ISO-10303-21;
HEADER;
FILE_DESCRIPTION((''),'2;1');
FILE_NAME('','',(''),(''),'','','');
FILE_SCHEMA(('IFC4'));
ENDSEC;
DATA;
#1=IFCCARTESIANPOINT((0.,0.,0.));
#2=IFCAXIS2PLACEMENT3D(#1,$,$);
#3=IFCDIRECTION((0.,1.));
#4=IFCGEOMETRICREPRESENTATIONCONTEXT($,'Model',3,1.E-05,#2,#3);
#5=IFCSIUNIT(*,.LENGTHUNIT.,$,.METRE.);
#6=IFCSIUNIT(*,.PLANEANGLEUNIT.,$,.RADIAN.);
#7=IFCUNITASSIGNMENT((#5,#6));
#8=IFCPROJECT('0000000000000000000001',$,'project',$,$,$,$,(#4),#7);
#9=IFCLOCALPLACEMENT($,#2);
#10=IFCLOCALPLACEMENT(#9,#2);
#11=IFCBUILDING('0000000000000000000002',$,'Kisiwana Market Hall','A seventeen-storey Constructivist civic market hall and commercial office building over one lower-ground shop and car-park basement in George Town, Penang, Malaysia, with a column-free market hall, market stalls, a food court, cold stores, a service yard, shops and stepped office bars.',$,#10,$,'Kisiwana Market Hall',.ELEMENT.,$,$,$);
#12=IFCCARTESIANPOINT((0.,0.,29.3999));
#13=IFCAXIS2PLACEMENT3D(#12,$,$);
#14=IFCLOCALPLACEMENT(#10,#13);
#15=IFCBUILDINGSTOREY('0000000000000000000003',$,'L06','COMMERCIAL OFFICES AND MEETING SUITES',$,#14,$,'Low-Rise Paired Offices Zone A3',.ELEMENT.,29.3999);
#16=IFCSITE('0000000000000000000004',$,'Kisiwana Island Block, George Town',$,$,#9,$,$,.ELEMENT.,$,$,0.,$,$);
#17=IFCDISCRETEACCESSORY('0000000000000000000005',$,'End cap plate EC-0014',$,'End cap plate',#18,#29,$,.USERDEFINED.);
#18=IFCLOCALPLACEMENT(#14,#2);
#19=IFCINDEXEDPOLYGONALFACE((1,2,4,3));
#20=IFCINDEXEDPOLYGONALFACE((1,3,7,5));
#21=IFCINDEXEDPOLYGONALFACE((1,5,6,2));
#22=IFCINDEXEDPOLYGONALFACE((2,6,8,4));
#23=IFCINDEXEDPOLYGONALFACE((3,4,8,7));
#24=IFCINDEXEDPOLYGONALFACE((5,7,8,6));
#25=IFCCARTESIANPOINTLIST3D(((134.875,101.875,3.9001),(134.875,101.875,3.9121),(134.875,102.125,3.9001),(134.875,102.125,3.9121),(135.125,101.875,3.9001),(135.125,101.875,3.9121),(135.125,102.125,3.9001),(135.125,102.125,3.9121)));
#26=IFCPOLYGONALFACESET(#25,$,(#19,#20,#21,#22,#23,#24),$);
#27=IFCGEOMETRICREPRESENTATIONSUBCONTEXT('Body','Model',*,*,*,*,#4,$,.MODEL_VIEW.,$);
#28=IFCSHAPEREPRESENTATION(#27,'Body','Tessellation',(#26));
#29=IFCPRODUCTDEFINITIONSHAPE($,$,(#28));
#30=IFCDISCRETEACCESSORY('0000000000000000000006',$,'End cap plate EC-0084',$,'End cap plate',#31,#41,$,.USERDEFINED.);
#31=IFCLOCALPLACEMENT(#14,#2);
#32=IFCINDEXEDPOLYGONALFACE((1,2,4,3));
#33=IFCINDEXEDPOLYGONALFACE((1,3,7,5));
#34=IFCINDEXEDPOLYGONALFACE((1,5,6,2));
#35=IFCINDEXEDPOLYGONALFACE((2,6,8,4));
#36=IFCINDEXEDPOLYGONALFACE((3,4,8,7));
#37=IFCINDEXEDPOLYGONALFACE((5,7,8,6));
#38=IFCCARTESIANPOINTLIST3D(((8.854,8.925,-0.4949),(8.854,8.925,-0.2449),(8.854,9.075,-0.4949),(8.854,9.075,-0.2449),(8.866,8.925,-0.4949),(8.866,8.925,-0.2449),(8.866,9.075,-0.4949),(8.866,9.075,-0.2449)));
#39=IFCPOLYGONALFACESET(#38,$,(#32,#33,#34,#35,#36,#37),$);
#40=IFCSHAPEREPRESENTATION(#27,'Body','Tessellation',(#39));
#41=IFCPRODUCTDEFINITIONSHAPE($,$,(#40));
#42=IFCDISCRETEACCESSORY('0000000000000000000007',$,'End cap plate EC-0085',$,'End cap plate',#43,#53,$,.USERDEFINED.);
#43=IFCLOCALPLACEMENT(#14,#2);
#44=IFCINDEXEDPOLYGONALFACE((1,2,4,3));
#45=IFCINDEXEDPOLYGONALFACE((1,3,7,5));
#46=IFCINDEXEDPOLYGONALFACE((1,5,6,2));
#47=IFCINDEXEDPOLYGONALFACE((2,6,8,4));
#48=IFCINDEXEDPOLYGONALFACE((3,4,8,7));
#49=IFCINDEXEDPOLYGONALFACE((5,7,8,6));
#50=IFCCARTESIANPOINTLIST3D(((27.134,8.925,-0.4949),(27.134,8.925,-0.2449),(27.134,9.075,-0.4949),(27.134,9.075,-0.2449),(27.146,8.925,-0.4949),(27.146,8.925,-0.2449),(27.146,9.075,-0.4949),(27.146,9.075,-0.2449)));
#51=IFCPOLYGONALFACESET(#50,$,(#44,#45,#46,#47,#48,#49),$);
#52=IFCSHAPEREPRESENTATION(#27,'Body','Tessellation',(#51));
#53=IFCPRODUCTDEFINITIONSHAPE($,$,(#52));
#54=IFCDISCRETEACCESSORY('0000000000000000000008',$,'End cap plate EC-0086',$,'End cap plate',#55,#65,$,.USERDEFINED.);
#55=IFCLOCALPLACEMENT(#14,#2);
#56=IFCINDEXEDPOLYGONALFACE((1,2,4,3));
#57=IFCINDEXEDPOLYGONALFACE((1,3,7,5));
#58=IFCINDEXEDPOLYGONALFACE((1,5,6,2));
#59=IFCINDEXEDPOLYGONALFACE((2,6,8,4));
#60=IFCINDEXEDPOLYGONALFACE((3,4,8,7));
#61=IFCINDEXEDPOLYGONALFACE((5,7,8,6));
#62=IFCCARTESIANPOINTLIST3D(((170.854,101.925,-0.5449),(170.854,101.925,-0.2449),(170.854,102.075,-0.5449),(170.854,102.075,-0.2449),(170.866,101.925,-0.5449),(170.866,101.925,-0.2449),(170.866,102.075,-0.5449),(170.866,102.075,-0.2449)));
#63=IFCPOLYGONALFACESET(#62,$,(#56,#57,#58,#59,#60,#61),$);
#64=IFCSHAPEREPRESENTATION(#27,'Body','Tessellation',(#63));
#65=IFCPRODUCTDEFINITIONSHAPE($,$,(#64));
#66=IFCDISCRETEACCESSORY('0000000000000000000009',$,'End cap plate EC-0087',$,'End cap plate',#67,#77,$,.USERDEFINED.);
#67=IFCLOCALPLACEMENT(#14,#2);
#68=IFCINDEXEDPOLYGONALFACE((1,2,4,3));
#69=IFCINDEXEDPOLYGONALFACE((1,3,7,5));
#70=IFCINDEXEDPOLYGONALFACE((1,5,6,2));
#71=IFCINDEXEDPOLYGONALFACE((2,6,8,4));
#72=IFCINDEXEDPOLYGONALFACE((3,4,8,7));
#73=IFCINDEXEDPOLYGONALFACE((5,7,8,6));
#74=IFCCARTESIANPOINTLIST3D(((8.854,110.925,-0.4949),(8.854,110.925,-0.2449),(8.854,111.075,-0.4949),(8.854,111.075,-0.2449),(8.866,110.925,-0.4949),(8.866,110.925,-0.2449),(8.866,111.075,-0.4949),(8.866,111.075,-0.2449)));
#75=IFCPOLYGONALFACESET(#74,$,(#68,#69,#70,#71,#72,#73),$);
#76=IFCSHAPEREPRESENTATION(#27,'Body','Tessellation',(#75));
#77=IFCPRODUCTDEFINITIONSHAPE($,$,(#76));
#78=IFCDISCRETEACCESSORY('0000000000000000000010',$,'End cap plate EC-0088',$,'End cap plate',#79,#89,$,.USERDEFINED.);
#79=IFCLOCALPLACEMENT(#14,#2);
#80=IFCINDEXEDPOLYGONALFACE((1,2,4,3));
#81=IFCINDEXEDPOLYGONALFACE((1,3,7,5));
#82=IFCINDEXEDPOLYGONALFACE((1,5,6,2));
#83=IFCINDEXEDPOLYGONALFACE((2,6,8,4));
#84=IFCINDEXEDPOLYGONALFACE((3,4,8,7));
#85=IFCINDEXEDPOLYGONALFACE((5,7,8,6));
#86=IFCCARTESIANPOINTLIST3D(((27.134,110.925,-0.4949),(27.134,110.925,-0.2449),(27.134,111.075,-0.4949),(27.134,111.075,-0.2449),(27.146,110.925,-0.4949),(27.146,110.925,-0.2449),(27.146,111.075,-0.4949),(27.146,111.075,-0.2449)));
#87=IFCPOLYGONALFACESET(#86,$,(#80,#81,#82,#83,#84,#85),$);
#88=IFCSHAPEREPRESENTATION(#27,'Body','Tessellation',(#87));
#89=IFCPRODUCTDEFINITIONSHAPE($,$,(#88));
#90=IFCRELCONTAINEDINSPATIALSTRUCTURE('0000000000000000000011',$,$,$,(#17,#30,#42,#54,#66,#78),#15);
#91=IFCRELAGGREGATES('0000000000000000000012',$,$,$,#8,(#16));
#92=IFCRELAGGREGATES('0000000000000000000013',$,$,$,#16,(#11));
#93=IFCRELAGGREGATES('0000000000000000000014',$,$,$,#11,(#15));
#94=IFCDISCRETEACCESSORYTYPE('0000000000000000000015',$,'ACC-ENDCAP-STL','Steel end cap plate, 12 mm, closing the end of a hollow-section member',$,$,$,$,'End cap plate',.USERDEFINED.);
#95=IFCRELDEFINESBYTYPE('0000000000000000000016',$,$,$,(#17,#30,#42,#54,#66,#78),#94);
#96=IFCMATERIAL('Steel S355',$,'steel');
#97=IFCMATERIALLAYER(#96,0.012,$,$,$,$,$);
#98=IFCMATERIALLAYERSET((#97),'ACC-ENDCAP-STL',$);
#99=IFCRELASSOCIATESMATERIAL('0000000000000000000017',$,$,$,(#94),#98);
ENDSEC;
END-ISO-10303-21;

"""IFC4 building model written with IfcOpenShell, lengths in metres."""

from ifc_helpers import new_model, si_unit, direction, frame, origin, place, context, subcontext, project, spatial, polyline, outline, extrude, material, layer, layer_set, type_object, element, save


model = new_model("IFC4")

# Units and contexts
model_context = context("Model", 3, precision=1e-05, world=origin(), true_north=direction((0.0, 1.0)))
body_context = subcontext(model_context, "Body", "Model", "MODEL_VIEW")
ifc_project = project(units=[si_unit("LENGTHUNIT", "METRE"), si_unit("PLANEANGLEUNIT", "RADIAN")], contexts=[model_context])

# Site, building, storey
site_placement = place(None, origin())
site = spatial("IfcSite", under=ifc_project, at=site_placement, Name="Kisiwana Island Block, George Town", CompositionType="ELEMENT", RefElevation=0.0)
building_placement = place(site_placement, origin())
building = spatial("IfcBuilding", under=site, at=building_placement, Name="Kisiwana Market Hall", Description="A seventeen-storey Constructivist civic market hall and commercial office building over one lower-ground shop and car-park basement in George Town, Penang, Malaysia, with a column-free market hall, market stalls, a food court, cold stores, a service yard, shops and stepped office bars.", LongName="Kisiwana Market Hall", CompositionType="ELEMENT")
storey_placement = place(building_placement, frame((0.0, 0.0, 29.3999)))
storey = spatial("IfcBuildingStorey", under=building, at=storey_placement, Name="L06", Description="COMMERCIAL OFFICES AND MEETING SUITES", LongName="Low-Rise Paired Offices Zone A3", CompositionType="ELEMENT", Elevation=29.3999)

# Discrete accessories
ifc_material_1 = material(Name="Steel S355", Category="steel")
ifc_layer_1 = layer(ifc_material_1, 0.012)
ifc_layer_set_1 = layer_set([ifc_layer_1], Name="ACC-ENDCAP-STL")
discrete_accessory_type = type_object("IfcDiscreteAccessoryType", Name="ACC-ENDCAP-STL", Description="Steel end cap plate, 12 mm, closing the end of a hollow-section member", ElementType="End cap plate", PredefinedType="USERDEFINED", material=ifc_layer_set_1)
discrete_accessory_1_placement = place(storey_placement, frame((0.0, 0.0, 3.9001)))
element("IfcDiscreteAccessory", 1, at=discrete_accessory_1_placement, inside=storey, type_object=discrete_accessory_type, Name="End cap plate EC-0014", ObjectType="End cap plate", PredefinedType="USERDEFINED", context=body_context, shape_type="SweptSolid", body=[
    extrude(outline(polyline([(134.875, 101.875), (135.125, 101.875), (135.125, 102.125), (134.875, 102.125), (134.875, 101.875)])), origin(), (0.0, 0.0, 1.0), 0.012),
])
discrete_accessory_2_placement = place(storey_placement, frame((0.0, 0.0, -0.4949)))
element("IfcDiscreteAccessory", 2, at=discrete_accessory_2_placement, inside=storey, type_object=discrete_accessory_type, Name="End cap plate EC-0084", ObjectType="End cap plate", PredefinedType="USERDEFINED", context=body_context, shape_type="SweptSolid", body=[
    extrude(outline(polyline([(8.854, 8.925), (8.866, 8.925), (8.866, 9.075), (8.854, 9.075), (8.854, 8.925)])), origin(), (0.0, 0.0, 1.0), 0.25),
])
discrete_accessory_3_placement = place(storey_placement, frame((0.0, 0.0, -0.4949)))
element("IfcDiscreteAccessory", 3, at=discrete_accessory_3_placement, inside=storey, type_object=discrete_accessory_type, Name="End cap plate EC-0085", ObjectType="End cap plate", PredefinedType="USERDEFINED", context=body_context, shape_type="SweptSolid", body=[
    extrude(outline(polyline([(27.146, 8.925), (27.146, 9.075), (27.134, 9.075), (27.134, 8.925), (27.146, 8.925)])), origin(), (0.0, 0.0, 1.0), 0.25),
])
discrete_accessory_4_placement = place(storey_placement, frame((0.0, 0.0, -0.5449)))
element("IfcDiscreteAccessory", 4, at=discrete_accessory_4_placement, inside=storey, type_object=discrete_accessory_type, Name="End cap plate EC-0086", ObjectType="End cap plate", PredefinedType="USERDEFINED", context=body_context, shape_type="SweptSolid", body=[
    extrude(outline(polyline([(170.854, 101.925), (170.866, 101.925), (170.866, 102.075), (170.854, 102.075), (170.854, 101.925)])), origin(), (0.0, 0.0, 1.0), 0.3),
])
discrete_accessory_5_placement = place(storey_placement, frame((0.0, 0.0, -0.4949)))
element("IfcDiscreteAccessory", 5, at=discrete_accessory_5_placement, inside=storey, type_object=discrete_accessory_type, Name="End cap plate EC-0087", ObjectType="End cap plate", PredefinedType="USERDEFINED", context=body_context, shape_type="SweptSolid", body=[
    extrude(outline(polyline([(8.854, 110.925), (8.866, 110.925), (8.866, 111.075), (8.854, 111.075), (8.854, 110.925)])), origin(), (0.0, 0.0, 1.0), 0.25),
])
discrete_accessory_6_placement = place(storey_placement, frame((0.0, 0.0, -0.4949)))
element("IfcDiscreteAccessory", 6, at=discrete_accessory_6_placement, inside=storey, type_object=discrete_accessory_type, Name="End cap plate EC-0088", ObjectType="End cap plate", PredefinedType="USERDEFINED", context=body_context, shape_type="SweptSolid", body=[
    extrude(outline(polyline([(27.146, 110.925), (27.146, 111.075), (27.134, 111.075), (27.134, 110.925), (27.146, 110.925)])), origin(), (0.0, 0.0, 1.0), 0.25),
])

save(model, "model.ifc")
